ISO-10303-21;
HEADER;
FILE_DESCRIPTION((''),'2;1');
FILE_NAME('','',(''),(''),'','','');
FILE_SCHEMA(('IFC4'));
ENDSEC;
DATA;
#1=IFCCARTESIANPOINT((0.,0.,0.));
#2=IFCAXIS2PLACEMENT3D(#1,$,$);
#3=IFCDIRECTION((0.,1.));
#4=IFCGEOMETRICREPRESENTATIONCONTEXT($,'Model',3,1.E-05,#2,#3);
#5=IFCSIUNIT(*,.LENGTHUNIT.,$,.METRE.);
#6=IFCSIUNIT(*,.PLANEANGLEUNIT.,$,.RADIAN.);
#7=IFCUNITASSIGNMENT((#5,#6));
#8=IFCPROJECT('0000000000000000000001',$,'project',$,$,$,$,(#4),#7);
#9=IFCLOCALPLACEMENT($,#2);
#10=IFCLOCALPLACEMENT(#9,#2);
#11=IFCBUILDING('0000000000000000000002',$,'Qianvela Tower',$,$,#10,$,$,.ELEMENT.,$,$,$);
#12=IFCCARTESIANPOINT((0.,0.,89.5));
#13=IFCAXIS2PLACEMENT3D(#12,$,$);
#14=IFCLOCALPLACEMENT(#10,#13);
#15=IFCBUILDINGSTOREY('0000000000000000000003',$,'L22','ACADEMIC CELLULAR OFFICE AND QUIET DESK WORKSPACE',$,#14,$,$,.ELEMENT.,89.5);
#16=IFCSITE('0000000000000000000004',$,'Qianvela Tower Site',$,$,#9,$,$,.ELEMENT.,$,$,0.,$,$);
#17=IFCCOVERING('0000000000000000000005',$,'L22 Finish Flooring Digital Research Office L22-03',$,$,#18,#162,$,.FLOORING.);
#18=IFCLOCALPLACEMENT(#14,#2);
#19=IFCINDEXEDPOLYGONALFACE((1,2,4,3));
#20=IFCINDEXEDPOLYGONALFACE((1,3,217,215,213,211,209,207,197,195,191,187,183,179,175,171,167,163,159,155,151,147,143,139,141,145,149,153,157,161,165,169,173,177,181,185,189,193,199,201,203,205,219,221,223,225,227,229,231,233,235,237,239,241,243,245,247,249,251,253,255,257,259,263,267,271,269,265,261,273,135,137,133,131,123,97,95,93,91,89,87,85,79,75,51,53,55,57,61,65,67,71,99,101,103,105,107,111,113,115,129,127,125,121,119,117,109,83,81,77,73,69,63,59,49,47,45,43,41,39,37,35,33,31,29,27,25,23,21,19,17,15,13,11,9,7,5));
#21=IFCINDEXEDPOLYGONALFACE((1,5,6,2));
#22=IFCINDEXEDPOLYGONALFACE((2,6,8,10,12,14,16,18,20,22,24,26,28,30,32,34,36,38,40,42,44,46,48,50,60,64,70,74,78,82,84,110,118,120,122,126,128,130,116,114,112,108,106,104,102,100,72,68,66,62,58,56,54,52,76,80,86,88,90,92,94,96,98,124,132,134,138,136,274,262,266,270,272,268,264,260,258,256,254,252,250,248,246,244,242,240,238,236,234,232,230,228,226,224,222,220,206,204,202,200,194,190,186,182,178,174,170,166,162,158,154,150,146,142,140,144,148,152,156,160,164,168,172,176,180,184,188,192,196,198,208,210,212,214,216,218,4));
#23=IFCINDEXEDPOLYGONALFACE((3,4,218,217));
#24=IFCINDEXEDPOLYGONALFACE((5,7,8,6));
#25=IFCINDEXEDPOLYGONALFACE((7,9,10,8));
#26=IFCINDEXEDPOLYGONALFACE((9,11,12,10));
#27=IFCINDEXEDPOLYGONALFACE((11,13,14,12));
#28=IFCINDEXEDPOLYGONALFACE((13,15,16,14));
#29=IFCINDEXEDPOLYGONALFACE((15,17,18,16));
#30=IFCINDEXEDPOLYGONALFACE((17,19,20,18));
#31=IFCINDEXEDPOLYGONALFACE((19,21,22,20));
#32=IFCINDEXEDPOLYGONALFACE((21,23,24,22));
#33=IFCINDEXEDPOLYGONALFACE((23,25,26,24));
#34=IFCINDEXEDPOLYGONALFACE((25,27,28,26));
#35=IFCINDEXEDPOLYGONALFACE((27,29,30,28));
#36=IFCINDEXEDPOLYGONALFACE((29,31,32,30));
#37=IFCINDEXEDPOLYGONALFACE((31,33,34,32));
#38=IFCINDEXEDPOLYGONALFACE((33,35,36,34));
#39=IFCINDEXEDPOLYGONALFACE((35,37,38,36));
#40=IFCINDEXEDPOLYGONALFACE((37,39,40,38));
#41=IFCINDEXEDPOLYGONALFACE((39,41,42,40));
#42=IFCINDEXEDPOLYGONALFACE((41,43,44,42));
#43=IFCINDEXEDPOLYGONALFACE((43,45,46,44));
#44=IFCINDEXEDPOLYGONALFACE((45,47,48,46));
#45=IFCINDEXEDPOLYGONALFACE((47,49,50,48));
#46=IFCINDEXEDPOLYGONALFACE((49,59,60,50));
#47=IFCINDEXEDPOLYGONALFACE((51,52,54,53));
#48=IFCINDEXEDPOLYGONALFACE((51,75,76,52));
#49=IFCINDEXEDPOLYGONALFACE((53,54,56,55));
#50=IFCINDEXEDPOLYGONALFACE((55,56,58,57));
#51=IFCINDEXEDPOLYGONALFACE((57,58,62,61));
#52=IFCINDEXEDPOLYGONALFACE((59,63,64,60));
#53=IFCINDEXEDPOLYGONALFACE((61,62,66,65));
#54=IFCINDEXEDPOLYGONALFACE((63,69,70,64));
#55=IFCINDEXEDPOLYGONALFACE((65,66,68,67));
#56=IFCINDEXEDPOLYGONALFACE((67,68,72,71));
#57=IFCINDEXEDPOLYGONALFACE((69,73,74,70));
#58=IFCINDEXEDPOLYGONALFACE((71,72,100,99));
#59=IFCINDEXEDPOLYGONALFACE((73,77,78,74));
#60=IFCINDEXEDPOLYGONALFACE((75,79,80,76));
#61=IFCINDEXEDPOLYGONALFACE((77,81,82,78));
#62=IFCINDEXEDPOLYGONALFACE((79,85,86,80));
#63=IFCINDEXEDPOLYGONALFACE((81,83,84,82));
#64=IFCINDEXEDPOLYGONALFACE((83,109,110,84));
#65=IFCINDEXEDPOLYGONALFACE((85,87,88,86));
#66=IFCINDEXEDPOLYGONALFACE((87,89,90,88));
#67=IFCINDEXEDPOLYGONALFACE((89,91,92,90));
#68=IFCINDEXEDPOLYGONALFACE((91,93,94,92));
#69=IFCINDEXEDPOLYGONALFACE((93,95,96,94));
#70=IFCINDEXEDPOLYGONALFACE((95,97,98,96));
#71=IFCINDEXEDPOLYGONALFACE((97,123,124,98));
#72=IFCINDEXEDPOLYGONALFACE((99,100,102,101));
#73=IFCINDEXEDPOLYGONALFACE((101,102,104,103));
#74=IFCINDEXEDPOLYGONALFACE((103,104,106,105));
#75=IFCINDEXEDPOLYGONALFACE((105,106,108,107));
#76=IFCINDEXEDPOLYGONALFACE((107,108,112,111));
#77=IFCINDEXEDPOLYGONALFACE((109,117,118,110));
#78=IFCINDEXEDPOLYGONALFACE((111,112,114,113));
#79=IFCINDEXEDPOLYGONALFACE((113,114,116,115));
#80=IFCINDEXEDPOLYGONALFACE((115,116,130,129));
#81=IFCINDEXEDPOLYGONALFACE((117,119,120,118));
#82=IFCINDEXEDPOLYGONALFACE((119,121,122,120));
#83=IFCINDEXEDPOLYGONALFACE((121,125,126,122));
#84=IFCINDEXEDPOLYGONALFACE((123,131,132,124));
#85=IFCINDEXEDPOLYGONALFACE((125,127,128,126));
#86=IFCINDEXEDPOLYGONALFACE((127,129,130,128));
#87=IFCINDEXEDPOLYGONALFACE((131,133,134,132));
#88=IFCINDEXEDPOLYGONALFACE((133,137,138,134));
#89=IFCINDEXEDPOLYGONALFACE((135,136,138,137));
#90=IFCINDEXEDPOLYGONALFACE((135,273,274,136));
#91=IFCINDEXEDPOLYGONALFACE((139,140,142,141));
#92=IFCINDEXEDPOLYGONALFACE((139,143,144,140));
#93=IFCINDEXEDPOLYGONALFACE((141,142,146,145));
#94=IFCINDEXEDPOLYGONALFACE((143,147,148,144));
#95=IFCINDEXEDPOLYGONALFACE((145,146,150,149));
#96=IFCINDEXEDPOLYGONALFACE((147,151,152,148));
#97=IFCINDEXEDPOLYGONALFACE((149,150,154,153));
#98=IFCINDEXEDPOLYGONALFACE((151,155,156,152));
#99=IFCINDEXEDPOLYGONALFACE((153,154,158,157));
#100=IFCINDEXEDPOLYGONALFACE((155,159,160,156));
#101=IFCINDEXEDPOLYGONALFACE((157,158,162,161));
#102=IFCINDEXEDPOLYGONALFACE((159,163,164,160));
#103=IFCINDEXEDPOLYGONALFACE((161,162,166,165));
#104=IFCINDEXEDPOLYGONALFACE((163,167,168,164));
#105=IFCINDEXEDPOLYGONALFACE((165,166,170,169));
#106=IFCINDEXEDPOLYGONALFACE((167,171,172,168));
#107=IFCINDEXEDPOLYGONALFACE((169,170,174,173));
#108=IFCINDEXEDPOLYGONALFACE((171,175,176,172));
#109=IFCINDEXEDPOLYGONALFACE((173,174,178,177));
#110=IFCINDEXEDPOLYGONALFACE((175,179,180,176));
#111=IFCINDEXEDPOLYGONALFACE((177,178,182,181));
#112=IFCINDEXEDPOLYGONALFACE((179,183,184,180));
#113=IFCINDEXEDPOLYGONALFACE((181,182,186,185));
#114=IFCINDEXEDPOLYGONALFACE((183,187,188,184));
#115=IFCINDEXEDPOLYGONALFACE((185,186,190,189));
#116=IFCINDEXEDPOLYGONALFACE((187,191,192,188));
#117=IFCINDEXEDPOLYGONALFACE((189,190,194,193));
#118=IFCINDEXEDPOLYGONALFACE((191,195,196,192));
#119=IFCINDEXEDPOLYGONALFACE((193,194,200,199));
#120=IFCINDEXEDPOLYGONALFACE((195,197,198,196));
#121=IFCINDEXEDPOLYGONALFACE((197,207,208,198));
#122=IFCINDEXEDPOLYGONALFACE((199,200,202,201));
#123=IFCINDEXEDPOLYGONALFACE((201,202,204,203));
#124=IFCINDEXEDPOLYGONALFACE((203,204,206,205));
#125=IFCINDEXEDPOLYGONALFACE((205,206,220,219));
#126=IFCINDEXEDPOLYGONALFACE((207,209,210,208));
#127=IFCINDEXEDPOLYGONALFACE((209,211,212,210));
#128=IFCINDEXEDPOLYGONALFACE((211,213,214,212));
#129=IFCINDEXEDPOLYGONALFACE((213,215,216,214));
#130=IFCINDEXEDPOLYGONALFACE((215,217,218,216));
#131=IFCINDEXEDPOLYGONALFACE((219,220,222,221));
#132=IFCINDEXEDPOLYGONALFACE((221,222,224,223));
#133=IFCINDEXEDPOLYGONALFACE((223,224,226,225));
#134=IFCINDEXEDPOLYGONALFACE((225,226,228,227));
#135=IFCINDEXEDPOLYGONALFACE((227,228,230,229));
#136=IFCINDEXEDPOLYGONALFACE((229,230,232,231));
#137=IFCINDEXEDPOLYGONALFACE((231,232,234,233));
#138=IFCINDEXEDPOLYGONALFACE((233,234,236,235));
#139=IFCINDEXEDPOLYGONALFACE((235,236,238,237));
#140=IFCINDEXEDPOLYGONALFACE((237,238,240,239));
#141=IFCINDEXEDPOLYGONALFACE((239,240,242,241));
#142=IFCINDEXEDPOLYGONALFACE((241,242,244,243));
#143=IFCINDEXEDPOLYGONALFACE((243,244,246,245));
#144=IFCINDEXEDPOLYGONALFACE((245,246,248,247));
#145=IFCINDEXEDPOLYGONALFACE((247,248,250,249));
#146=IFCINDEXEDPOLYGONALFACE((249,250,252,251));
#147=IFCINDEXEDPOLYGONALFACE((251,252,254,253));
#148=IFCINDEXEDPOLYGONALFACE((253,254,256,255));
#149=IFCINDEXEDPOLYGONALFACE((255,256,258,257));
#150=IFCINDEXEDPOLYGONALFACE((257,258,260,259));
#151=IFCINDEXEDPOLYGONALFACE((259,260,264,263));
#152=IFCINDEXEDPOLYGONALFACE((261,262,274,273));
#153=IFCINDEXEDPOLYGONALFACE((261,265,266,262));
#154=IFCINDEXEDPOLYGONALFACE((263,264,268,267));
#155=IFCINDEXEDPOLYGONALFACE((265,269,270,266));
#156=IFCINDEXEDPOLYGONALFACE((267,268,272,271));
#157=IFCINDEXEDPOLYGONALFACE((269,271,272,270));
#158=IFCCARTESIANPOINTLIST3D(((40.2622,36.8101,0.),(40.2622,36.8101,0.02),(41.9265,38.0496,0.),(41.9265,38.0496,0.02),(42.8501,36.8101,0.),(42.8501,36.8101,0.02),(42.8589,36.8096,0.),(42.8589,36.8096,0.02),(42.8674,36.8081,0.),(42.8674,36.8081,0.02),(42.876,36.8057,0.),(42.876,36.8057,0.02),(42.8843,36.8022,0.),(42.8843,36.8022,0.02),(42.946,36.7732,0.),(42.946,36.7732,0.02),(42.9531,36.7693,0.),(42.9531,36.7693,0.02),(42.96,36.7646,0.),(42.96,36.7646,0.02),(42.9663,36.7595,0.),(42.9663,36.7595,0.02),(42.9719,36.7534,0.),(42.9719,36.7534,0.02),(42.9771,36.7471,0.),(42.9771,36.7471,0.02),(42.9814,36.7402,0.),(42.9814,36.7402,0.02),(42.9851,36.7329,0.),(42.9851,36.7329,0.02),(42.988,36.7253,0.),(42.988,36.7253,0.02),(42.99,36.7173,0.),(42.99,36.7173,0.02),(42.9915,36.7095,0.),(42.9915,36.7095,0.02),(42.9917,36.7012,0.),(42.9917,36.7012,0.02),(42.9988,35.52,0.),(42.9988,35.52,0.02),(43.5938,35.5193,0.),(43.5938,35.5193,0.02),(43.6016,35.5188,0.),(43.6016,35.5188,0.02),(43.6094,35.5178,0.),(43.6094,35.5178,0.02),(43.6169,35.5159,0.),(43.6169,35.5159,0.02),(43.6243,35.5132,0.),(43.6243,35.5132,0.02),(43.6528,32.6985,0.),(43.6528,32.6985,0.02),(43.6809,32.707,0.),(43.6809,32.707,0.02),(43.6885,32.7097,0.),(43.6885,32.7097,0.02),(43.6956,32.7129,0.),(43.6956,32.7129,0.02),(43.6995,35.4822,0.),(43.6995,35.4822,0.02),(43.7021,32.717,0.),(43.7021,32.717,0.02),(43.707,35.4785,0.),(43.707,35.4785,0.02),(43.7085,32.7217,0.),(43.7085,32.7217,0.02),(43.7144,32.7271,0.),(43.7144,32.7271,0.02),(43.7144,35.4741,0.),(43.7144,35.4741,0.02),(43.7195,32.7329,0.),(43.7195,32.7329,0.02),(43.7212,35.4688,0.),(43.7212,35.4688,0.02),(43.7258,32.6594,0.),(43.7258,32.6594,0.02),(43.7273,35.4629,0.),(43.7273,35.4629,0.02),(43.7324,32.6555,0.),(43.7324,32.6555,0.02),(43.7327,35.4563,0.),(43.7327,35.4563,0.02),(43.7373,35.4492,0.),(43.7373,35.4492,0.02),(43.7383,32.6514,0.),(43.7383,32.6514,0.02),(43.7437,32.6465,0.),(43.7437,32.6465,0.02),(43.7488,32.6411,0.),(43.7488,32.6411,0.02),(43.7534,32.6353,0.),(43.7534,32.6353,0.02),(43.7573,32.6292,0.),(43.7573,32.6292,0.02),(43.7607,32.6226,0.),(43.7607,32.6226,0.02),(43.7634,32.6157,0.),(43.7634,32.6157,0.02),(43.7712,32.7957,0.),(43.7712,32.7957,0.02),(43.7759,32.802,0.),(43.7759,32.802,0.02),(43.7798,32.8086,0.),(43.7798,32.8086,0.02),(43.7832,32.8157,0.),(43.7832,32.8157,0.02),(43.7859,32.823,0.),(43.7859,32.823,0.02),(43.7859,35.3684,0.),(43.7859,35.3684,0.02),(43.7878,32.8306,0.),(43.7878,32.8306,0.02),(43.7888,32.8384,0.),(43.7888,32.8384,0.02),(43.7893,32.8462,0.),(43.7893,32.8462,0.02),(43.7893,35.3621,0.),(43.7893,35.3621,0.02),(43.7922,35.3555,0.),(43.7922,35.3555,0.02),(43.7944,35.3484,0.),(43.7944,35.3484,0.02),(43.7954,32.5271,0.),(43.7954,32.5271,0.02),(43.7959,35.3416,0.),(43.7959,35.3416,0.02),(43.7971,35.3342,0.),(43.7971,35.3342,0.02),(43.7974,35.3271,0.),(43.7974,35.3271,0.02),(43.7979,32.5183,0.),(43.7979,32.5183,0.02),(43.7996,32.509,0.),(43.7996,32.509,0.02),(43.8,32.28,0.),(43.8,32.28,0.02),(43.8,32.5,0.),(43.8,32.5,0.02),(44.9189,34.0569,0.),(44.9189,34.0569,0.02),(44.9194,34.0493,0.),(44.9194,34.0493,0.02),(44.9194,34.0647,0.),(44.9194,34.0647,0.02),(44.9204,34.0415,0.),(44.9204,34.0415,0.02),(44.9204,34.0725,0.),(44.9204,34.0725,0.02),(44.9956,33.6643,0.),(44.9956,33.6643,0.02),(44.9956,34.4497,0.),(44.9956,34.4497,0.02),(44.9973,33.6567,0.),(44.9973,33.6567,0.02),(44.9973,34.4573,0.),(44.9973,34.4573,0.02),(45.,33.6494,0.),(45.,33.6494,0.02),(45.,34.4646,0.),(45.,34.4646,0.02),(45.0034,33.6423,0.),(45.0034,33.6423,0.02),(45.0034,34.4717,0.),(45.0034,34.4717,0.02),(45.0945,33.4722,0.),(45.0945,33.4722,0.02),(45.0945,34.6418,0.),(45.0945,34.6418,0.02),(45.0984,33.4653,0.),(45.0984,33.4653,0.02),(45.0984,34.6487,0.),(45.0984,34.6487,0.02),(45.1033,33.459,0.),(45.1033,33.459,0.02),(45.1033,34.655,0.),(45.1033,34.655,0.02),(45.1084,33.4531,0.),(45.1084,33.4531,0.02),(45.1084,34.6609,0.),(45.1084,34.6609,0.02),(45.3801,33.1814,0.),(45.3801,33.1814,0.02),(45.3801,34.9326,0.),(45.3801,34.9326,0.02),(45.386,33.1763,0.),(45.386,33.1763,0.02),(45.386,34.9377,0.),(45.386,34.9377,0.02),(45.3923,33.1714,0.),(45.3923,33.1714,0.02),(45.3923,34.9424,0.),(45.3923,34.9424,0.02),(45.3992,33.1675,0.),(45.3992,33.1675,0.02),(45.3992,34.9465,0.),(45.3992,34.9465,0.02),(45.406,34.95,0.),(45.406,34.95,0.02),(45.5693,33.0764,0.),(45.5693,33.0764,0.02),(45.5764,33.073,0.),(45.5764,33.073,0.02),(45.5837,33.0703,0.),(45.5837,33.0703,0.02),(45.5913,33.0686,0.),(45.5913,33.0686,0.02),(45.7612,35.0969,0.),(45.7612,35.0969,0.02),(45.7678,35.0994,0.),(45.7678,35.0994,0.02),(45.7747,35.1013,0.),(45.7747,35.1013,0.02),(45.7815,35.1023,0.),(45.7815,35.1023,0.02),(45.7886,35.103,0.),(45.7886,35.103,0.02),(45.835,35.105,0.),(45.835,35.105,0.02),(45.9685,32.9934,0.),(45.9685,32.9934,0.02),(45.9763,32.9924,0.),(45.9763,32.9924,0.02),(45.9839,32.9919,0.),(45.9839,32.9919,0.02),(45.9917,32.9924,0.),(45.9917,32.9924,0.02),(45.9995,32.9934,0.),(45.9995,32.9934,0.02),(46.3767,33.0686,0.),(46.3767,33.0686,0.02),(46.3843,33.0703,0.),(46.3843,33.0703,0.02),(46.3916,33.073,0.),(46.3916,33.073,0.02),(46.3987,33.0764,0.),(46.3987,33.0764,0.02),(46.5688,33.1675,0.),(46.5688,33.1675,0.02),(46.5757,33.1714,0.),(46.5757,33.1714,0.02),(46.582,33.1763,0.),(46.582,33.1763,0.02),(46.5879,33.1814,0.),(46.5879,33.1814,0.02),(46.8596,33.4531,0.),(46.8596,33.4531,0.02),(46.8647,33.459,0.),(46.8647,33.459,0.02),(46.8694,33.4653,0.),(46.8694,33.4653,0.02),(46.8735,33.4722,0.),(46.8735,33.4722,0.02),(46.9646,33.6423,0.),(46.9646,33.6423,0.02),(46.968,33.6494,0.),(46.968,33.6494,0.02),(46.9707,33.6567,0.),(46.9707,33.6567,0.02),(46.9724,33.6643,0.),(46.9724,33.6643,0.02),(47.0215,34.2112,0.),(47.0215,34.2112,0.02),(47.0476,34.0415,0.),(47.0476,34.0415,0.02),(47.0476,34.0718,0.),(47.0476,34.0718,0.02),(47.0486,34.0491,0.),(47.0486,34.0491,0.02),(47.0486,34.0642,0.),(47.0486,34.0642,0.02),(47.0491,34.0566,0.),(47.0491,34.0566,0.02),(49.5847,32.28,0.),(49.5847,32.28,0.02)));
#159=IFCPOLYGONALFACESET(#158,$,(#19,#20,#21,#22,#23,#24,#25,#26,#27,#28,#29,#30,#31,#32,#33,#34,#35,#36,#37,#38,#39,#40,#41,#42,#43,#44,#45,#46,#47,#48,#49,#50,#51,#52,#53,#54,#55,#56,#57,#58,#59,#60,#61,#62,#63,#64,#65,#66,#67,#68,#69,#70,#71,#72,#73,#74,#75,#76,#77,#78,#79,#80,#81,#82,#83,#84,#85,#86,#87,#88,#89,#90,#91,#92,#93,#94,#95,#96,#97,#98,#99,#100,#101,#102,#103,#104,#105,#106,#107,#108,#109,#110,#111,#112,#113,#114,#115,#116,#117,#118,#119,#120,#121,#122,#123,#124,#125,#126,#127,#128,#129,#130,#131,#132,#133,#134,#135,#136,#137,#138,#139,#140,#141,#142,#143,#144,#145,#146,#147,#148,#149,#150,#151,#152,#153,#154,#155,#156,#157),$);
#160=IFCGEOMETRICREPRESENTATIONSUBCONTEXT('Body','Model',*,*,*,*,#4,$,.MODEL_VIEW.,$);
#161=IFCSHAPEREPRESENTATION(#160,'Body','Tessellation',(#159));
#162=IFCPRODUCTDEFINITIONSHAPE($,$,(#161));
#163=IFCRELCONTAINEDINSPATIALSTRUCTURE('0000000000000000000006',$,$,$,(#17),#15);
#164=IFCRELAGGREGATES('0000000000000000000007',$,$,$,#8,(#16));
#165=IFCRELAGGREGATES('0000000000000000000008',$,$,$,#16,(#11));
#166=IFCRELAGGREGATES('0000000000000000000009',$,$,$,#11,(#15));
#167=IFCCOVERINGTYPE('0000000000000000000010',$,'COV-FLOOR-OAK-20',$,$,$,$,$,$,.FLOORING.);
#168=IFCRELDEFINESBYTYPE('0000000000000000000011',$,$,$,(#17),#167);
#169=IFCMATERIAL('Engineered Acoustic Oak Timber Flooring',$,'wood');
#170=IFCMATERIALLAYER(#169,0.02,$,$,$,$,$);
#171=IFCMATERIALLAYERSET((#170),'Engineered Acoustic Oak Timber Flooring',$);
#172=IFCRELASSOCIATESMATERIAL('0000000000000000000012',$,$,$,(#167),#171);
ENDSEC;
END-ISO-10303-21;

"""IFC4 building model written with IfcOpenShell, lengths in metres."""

from ifc_helpers import new_model, si_unit, direction, frame, origin, place, context, subcontext, project, spatial, polyline, outline, extrude, material, layer, layer_set, type_object, element, save


model = new_model("IFC4")

# Units and contexts
model_context = context("Model", 3, precision=1e-05, world=origin(), true_north=direction((0.0, 1.0)))
body_context = subcontext(model_context, "Body", "Model", "MODEL_VIEW")
ifc_project = project(units=[si_unit("LENGTHUNIT", "METRE"), si_unit("PLANEANGLEUNIT", "RADIAN")], contexts=[model_context])

# Site, building, storey
site_placement = place(None, origin())
site = spatial("IfcSite", under=ifc_project, at=site_placement, Name="Qianvela Tower Site", CompositionType="ELEMENT", RefElevation=0.0)
building_placement = place(site_placement, origin())
building = spatial("IfcBuilding", under=site, at=building_placement, Name="Qianvela Tower", CompositionType="ELEMENT")
storey_placement = place(building_placement, frame((0.0, 0.0, 89.5)))
storey = spatial("IfcBuildingStorey", under=building, at=storey_placement, Name="L22", Description="ACADEMIC CELLULAR OFFICE AND QUIET DESK WORKSPACE", CompositionType="ELEMENT", Elevation=89.5)

# Covering
ifc_material_1 = material(Name="Engineered Acoustic Oak Timber Flooring", Category="wood")
ifc_layer_1 = layer(ifc_material_1, 0.02)
ifc_layer_set_1 = layer_set([ifc_layer_1], Name="Engineered Acoustic Oak Timber Flooring")
covering_type_1 = type_object("IfcCoveringType", Name="COV-FLOOR-OAK-20", PredefinedType="FLOORING", material=ifc_layer_set_1)
covering_1_placement = place(storey_placement, origin())
element("IfcCovering", 1, at=covering_1_placement, inside=storey, type_object=covering_type_1, Name="L22 Finish Flooring Digital Research Office L22-03", PredefinedType="FLOORING", context=body_context, shape_type="SweptSolid", body=[
    extrude(outline(polyline([(43.6528, 32.6985), (43.6809, 32.707), (43.6885, 32.7097), (43.6956, 32.7129), (43.7021, 32.717), (43.7085, 32.7217), (43.7144, 32.7271), (43.7195, 32.7329), (43.7712, 32.7957), (43.7759, 32.802), (43.7798, 32.8086), (43.7832, 32.8157), (43.7859, 32.823), (43.7878, 32.8306), (43.7888, 32.8384), (43.7893, 32.8462), (43.7974, 35.3271), (43.7971, 35.3342), (43.7959, 35.3416), (43.7944, 35.3484), (43.7922, 35.3555), (43.7893, 35.3621), (43.7859, 35.3684), (43.7373, 35.4492), (43.7327, 35.4563), (43.7273, 35.4629), (43.7212, 35.4688), (43.7144, 35.4741), (43.707, 35.4785), (43.6995, 35.4822), (43.6243, 35.5132), (43.6169, 35.5159), (43.6094, 35.5178), (43.6016, 35.5188), (43.5938, 35.5193), (42.9988, 35.52), (42.9917, 36.7012), (42.9915, 36.7095), (42.99, 36.7173), (42.988, 36.7253), (42.9851, 36.7329), (42.9814, 36.7402), (42.9771, 36.7471), (42.9719, 36.7534), (42.9663, 36.7595), (42.96, 36.7646), (42.9531, 36.7693), (42.946, 36.7732), (42.8843, 36.8022), (42.876, 36.8057), (42.8674, 36.8081), (42.8589, 36.8096), (42.8501, 36.8101), (40.2622, 36.8101), (41.9265, 38.0496), (45.835, 35.105), (45.7886, 35.103), (45.7815, 35.1023), (45.7747, 35.1013), (45.7678, 35.0994), (45.7612, 35.0969), (45.406, 34.95), (45.3992, 34.9465), (45.3923, 34.9424), (45.386, 34.9377), (45.3801, 34.9326), (45.1084, 34.6609), (45.1033, 34.655), (45.0984, 34.6487), (45.0945, 34.6418), (45.0034, 34.4717), (45.0, 34.4646), (44.9973, 34.4573), (44.9956, 34.4497), (44.9204, 34.0725), (44.9194, 34.0647), (44.9189, 34.0569), (44.9194, 34.0493), (44.9204, 34.0415), (44.9956, 33.6643), (44.9973, 33.6567), (45.0, 33.6494), (45.0034, 33.6423), (45.0945, 33.4722), (45.0984, 33.4653), (45.1033, 33.459), (45.1084, 33.4531), (45.3801, 33.1814), (45.386, 33.1763), (45.3923, 33.1714), (45.3992, 33.1675), (45.5693, 33.0764), (45.5764, 33.073), (45.5837, 33.0703), (45.5913, 33.0686), (45.9685, 32.9934), (45.9763, 32.9924), (45.9839, 32.9919), (45.9917, 32.9924), (45.9995, 32.9934), (46.3767, 33.0686), (46.3843, 33.0703), (46.3916, 33.073), (46.3987, 33.0764), (46.5688, 33.1675), (46.5757, 33.1714), (46.582, 33.1763), (46.5879, 33.1814), (46.8596, 33.4531), (46.8647, 33.459), (46.8694, 33.4653), (46.8735, 33.4722), (46.9646, 33.6423), (46.968, 33.6494), (46.9707, 33.6567), (46.9724, 33.6643), (47.0476, 34.0415), (47.0486, 34.0491), (47.0491, 34.0566), (47.0486, 34.0642), (47.0476, 34.0718), (47.0215, 34.2112), (49.5847, 32.28), (43.8, 32.28), (43.8, 32.5), (43.7996, 32.509), (43.7979, 32.5183), (43.7954, 32.5271), (43.7634, 32.6157), (43.7607, 32.6226), (43.7573, 32.6292), (43.7534, 32.6353), (43.7488, 32.6411), (43.7437, 32.6465), (43.7383, 32.6514), (43.7324, 32.6555), (43.7258, 32.6594), (43.6528, 32.6985)])), origin(), (0.0, 0.0, 1.0), 0.02),
])

save(model, "model.ifc")
